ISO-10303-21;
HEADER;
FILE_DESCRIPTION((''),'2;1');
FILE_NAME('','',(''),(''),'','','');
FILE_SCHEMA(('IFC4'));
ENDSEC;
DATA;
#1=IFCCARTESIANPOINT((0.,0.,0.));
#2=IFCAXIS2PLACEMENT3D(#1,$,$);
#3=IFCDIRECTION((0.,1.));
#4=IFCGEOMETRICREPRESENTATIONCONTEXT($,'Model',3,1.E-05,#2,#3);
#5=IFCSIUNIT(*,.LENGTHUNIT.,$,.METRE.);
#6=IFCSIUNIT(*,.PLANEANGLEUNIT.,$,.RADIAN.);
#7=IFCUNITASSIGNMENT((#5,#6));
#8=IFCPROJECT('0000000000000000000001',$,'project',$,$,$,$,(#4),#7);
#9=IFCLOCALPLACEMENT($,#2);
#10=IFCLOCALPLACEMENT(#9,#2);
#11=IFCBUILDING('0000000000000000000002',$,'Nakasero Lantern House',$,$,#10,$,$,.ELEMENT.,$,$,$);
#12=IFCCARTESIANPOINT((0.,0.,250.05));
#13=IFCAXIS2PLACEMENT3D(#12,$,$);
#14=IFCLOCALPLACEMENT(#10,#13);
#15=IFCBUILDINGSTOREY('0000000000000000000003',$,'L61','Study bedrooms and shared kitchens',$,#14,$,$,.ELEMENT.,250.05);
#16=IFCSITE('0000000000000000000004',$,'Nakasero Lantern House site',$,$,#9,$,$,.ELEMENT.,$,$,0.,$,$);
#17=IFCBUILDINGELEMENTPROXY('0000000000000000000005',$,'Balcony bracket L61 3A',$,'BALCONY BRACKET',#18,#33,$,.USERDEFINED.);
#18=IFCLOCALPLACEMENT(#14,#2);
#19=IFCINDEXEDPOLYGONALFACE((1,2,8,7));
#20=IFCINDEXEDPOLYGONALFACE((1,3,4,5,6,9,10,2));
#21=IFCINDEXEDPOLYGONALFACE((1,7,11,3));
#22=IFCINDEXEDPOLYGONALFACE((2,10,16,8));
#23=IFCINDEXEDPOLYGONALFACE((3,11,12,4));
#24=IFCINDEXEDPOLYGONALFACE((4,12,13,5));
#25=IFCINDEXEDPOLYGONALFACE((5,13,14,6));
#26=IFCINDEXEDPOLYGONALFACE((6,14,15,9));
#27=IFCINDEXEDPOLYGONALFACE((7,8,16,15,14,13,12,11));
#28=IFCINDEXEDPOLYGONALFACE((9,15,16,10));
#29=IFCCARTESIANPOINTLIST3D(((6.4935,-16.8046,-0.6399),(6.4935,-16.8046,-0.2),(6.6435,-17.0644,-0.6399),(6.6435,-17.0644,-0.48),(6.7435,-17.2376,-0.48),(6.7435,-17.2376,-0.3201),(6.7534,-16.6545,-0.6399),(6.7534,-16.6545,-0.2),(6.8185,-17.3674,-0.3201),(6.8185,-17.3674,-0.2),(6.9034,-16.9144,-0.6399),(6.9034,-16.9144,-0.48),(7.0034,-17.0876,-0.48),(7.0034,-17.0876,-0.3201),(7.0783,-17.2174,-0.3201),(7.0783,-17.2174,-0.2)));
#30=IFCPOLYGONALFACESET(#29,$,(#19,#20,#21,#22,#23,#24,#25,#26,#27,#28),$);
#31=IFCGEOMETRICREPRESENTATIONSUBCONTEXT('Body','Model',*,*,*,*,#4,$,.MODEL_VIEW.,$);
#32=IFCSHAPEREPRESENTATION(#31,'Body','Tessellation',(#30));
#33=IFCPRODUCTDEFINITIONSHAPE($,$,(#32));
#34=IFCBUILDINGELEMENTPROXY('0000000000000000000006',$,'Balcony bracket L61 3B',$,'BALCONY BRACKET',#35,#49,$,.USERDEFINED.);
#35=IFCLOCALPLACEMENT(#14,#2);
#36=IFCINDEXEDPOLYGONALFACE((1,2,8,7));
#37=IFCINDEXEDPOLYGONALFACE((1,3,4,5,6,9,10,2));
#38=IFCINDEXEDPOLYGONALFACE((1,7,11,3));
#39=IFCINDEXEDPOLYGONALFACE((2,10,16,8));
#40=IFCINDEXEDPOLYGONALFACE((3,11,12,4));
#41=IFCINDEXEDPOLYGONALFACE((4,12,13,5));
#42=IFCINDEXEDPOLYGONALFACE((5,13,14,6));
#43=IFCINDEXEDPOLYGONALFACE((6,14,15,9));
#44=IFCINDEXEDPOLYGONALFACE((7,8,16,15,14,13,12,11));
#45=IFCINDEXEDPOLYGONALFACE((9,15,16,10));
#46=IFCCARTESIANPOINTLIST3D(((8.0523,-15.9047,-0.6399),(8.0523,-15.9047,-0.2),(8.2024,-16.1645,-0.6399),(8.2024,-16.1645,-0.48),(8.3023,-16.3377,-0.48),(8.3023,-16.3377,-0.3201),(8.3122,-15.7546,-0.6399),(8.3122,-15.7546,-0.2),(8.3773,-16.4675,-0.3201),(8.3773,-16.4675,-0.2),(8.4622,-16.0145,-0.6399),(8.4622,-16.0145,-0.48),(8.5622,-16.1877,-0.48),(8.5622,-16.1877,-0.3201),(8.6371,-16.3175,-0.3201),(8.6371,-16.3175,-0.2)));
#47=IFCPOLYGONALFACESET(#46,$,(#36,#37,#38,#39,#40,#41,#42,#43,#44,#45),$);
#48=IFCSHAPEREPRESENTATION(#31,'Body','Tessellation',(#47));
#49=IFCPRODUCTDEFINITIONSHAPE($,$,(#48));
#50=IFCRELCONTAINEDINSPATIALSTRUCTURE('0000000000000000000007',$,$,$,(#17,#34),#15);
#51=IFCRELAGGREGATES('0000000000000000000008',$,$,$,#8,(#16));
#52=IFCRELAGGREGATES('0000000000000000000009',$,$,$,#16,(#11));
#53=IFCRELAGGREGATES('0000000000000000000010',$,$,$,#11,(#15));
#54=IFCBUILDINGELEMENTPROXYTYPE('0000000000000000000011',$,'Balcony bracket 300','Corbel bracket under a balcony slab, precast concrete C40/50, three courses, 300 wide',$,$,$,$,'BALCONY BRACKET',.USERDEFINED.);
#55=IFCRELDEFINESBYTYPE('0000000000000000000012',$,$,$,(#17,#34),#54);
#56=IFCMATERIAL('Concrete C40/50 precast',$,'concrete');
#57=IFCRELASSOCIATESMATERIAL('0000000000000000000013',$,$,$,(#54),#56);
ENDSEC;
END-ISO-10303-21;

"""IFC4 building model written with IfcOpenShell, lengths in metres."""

from ifc_helpers import new_model, si_unit, direction, frame, origin, place, context, subcontext, project, spatial, polyline, outline, extrude, material, type_object, element, save


model = new_model("IFC4")

# Units and contexts
model_context = context("Model", 3, precision=1e-05, world=origin(), true_north=direction((0.0, 1.0)))
body_context = subcontext(model_context, "Body", "Model", "MODEL_VIEW")
ifc_project = project(units=[si_unit("LENGTHUNIT", "METRE"), si_unit("PLANEANGLEUNIT", "RADIAN")], contexts=[model_context])

# Site, building, storey
site_placement = place(None, origin())
site = spatial("IfcSite", under=ifc_project, at=site_placement, Name="Nakasero Lantern House site", CompositionType="ELEMENT", RefElevation=0.0)
building_placement = place(site_placement, origin())
building = spatial("IfcBuilding", under=site, at=building_placement, Name="Nakasero Lantern House", CompositionType="ELEMENT")
storey_placement = place(building_placement, frame((0.0, 0.0, 250.05)))
storey = spatial("IfcBuildingStorey", under=building, at=storey_placement, Name="L61", Description="Study bedrooms and shared kitchens", CompositionType="ELEMENT", Elevation=250.05)

# Building element proxies
ifc_material_1 = material(Name="Concrete C40/50 precast", Category="concrete")
building_element_proxy_type = type_object("IfcBuildingElementProxyType", Name="Balcony bracket 300", Description="Corbel bracket under a balcony slab, precast concrete C40/50, three courses, 300 wide", ElementType="BALCONY BRACKET", PredefinedType="USERDEFINED", material=ifc_material_1)
for number, where, z_axis, x_axis, name in (
    (1, (6.6235, -16.7295, -0.2), (0.0, 0.0, 1.0), (0.5, -0.866025, 0.0), "Balcony bracket L61 3A"),
    (2, (8.1824, -15.8296, -0.2), (0.0, 0.0, 1.0), (0.5, -0.866025, 0.0), "Balcony bracket L61 3B"),
):
    element("IfcBuildingElementProxy", number, at=place(storey_placement, frame(where, z_axis=z_axis, x_axis=x_axis)), inside=storey, type_object=building_element_proxy_type, Name=name, ObjectType="BALCONY BRACKET", PredefinedType="USERDEFINED", context=body_context, shape_type="SweptSolid", body=[
        extrude(outline(polyline([(0.0, 0.0), (0.6499, 0.0), (0.6499, -0.1201), (0.5, -0.1201), (0.5, -0.28), (0.3, -0.28), (0.3, -0.4399), (0.0, -0.4399), (0.0, 0.0)])), frame((0.0, 0.1499, 0.0), z_axis=(0.0, -1.0, 0.0), x_axis=(1.0, 0.0, 0.0)), (0.0, 0.0, 1.0), 0.3),
    ])

save(model, "model.ifc")
